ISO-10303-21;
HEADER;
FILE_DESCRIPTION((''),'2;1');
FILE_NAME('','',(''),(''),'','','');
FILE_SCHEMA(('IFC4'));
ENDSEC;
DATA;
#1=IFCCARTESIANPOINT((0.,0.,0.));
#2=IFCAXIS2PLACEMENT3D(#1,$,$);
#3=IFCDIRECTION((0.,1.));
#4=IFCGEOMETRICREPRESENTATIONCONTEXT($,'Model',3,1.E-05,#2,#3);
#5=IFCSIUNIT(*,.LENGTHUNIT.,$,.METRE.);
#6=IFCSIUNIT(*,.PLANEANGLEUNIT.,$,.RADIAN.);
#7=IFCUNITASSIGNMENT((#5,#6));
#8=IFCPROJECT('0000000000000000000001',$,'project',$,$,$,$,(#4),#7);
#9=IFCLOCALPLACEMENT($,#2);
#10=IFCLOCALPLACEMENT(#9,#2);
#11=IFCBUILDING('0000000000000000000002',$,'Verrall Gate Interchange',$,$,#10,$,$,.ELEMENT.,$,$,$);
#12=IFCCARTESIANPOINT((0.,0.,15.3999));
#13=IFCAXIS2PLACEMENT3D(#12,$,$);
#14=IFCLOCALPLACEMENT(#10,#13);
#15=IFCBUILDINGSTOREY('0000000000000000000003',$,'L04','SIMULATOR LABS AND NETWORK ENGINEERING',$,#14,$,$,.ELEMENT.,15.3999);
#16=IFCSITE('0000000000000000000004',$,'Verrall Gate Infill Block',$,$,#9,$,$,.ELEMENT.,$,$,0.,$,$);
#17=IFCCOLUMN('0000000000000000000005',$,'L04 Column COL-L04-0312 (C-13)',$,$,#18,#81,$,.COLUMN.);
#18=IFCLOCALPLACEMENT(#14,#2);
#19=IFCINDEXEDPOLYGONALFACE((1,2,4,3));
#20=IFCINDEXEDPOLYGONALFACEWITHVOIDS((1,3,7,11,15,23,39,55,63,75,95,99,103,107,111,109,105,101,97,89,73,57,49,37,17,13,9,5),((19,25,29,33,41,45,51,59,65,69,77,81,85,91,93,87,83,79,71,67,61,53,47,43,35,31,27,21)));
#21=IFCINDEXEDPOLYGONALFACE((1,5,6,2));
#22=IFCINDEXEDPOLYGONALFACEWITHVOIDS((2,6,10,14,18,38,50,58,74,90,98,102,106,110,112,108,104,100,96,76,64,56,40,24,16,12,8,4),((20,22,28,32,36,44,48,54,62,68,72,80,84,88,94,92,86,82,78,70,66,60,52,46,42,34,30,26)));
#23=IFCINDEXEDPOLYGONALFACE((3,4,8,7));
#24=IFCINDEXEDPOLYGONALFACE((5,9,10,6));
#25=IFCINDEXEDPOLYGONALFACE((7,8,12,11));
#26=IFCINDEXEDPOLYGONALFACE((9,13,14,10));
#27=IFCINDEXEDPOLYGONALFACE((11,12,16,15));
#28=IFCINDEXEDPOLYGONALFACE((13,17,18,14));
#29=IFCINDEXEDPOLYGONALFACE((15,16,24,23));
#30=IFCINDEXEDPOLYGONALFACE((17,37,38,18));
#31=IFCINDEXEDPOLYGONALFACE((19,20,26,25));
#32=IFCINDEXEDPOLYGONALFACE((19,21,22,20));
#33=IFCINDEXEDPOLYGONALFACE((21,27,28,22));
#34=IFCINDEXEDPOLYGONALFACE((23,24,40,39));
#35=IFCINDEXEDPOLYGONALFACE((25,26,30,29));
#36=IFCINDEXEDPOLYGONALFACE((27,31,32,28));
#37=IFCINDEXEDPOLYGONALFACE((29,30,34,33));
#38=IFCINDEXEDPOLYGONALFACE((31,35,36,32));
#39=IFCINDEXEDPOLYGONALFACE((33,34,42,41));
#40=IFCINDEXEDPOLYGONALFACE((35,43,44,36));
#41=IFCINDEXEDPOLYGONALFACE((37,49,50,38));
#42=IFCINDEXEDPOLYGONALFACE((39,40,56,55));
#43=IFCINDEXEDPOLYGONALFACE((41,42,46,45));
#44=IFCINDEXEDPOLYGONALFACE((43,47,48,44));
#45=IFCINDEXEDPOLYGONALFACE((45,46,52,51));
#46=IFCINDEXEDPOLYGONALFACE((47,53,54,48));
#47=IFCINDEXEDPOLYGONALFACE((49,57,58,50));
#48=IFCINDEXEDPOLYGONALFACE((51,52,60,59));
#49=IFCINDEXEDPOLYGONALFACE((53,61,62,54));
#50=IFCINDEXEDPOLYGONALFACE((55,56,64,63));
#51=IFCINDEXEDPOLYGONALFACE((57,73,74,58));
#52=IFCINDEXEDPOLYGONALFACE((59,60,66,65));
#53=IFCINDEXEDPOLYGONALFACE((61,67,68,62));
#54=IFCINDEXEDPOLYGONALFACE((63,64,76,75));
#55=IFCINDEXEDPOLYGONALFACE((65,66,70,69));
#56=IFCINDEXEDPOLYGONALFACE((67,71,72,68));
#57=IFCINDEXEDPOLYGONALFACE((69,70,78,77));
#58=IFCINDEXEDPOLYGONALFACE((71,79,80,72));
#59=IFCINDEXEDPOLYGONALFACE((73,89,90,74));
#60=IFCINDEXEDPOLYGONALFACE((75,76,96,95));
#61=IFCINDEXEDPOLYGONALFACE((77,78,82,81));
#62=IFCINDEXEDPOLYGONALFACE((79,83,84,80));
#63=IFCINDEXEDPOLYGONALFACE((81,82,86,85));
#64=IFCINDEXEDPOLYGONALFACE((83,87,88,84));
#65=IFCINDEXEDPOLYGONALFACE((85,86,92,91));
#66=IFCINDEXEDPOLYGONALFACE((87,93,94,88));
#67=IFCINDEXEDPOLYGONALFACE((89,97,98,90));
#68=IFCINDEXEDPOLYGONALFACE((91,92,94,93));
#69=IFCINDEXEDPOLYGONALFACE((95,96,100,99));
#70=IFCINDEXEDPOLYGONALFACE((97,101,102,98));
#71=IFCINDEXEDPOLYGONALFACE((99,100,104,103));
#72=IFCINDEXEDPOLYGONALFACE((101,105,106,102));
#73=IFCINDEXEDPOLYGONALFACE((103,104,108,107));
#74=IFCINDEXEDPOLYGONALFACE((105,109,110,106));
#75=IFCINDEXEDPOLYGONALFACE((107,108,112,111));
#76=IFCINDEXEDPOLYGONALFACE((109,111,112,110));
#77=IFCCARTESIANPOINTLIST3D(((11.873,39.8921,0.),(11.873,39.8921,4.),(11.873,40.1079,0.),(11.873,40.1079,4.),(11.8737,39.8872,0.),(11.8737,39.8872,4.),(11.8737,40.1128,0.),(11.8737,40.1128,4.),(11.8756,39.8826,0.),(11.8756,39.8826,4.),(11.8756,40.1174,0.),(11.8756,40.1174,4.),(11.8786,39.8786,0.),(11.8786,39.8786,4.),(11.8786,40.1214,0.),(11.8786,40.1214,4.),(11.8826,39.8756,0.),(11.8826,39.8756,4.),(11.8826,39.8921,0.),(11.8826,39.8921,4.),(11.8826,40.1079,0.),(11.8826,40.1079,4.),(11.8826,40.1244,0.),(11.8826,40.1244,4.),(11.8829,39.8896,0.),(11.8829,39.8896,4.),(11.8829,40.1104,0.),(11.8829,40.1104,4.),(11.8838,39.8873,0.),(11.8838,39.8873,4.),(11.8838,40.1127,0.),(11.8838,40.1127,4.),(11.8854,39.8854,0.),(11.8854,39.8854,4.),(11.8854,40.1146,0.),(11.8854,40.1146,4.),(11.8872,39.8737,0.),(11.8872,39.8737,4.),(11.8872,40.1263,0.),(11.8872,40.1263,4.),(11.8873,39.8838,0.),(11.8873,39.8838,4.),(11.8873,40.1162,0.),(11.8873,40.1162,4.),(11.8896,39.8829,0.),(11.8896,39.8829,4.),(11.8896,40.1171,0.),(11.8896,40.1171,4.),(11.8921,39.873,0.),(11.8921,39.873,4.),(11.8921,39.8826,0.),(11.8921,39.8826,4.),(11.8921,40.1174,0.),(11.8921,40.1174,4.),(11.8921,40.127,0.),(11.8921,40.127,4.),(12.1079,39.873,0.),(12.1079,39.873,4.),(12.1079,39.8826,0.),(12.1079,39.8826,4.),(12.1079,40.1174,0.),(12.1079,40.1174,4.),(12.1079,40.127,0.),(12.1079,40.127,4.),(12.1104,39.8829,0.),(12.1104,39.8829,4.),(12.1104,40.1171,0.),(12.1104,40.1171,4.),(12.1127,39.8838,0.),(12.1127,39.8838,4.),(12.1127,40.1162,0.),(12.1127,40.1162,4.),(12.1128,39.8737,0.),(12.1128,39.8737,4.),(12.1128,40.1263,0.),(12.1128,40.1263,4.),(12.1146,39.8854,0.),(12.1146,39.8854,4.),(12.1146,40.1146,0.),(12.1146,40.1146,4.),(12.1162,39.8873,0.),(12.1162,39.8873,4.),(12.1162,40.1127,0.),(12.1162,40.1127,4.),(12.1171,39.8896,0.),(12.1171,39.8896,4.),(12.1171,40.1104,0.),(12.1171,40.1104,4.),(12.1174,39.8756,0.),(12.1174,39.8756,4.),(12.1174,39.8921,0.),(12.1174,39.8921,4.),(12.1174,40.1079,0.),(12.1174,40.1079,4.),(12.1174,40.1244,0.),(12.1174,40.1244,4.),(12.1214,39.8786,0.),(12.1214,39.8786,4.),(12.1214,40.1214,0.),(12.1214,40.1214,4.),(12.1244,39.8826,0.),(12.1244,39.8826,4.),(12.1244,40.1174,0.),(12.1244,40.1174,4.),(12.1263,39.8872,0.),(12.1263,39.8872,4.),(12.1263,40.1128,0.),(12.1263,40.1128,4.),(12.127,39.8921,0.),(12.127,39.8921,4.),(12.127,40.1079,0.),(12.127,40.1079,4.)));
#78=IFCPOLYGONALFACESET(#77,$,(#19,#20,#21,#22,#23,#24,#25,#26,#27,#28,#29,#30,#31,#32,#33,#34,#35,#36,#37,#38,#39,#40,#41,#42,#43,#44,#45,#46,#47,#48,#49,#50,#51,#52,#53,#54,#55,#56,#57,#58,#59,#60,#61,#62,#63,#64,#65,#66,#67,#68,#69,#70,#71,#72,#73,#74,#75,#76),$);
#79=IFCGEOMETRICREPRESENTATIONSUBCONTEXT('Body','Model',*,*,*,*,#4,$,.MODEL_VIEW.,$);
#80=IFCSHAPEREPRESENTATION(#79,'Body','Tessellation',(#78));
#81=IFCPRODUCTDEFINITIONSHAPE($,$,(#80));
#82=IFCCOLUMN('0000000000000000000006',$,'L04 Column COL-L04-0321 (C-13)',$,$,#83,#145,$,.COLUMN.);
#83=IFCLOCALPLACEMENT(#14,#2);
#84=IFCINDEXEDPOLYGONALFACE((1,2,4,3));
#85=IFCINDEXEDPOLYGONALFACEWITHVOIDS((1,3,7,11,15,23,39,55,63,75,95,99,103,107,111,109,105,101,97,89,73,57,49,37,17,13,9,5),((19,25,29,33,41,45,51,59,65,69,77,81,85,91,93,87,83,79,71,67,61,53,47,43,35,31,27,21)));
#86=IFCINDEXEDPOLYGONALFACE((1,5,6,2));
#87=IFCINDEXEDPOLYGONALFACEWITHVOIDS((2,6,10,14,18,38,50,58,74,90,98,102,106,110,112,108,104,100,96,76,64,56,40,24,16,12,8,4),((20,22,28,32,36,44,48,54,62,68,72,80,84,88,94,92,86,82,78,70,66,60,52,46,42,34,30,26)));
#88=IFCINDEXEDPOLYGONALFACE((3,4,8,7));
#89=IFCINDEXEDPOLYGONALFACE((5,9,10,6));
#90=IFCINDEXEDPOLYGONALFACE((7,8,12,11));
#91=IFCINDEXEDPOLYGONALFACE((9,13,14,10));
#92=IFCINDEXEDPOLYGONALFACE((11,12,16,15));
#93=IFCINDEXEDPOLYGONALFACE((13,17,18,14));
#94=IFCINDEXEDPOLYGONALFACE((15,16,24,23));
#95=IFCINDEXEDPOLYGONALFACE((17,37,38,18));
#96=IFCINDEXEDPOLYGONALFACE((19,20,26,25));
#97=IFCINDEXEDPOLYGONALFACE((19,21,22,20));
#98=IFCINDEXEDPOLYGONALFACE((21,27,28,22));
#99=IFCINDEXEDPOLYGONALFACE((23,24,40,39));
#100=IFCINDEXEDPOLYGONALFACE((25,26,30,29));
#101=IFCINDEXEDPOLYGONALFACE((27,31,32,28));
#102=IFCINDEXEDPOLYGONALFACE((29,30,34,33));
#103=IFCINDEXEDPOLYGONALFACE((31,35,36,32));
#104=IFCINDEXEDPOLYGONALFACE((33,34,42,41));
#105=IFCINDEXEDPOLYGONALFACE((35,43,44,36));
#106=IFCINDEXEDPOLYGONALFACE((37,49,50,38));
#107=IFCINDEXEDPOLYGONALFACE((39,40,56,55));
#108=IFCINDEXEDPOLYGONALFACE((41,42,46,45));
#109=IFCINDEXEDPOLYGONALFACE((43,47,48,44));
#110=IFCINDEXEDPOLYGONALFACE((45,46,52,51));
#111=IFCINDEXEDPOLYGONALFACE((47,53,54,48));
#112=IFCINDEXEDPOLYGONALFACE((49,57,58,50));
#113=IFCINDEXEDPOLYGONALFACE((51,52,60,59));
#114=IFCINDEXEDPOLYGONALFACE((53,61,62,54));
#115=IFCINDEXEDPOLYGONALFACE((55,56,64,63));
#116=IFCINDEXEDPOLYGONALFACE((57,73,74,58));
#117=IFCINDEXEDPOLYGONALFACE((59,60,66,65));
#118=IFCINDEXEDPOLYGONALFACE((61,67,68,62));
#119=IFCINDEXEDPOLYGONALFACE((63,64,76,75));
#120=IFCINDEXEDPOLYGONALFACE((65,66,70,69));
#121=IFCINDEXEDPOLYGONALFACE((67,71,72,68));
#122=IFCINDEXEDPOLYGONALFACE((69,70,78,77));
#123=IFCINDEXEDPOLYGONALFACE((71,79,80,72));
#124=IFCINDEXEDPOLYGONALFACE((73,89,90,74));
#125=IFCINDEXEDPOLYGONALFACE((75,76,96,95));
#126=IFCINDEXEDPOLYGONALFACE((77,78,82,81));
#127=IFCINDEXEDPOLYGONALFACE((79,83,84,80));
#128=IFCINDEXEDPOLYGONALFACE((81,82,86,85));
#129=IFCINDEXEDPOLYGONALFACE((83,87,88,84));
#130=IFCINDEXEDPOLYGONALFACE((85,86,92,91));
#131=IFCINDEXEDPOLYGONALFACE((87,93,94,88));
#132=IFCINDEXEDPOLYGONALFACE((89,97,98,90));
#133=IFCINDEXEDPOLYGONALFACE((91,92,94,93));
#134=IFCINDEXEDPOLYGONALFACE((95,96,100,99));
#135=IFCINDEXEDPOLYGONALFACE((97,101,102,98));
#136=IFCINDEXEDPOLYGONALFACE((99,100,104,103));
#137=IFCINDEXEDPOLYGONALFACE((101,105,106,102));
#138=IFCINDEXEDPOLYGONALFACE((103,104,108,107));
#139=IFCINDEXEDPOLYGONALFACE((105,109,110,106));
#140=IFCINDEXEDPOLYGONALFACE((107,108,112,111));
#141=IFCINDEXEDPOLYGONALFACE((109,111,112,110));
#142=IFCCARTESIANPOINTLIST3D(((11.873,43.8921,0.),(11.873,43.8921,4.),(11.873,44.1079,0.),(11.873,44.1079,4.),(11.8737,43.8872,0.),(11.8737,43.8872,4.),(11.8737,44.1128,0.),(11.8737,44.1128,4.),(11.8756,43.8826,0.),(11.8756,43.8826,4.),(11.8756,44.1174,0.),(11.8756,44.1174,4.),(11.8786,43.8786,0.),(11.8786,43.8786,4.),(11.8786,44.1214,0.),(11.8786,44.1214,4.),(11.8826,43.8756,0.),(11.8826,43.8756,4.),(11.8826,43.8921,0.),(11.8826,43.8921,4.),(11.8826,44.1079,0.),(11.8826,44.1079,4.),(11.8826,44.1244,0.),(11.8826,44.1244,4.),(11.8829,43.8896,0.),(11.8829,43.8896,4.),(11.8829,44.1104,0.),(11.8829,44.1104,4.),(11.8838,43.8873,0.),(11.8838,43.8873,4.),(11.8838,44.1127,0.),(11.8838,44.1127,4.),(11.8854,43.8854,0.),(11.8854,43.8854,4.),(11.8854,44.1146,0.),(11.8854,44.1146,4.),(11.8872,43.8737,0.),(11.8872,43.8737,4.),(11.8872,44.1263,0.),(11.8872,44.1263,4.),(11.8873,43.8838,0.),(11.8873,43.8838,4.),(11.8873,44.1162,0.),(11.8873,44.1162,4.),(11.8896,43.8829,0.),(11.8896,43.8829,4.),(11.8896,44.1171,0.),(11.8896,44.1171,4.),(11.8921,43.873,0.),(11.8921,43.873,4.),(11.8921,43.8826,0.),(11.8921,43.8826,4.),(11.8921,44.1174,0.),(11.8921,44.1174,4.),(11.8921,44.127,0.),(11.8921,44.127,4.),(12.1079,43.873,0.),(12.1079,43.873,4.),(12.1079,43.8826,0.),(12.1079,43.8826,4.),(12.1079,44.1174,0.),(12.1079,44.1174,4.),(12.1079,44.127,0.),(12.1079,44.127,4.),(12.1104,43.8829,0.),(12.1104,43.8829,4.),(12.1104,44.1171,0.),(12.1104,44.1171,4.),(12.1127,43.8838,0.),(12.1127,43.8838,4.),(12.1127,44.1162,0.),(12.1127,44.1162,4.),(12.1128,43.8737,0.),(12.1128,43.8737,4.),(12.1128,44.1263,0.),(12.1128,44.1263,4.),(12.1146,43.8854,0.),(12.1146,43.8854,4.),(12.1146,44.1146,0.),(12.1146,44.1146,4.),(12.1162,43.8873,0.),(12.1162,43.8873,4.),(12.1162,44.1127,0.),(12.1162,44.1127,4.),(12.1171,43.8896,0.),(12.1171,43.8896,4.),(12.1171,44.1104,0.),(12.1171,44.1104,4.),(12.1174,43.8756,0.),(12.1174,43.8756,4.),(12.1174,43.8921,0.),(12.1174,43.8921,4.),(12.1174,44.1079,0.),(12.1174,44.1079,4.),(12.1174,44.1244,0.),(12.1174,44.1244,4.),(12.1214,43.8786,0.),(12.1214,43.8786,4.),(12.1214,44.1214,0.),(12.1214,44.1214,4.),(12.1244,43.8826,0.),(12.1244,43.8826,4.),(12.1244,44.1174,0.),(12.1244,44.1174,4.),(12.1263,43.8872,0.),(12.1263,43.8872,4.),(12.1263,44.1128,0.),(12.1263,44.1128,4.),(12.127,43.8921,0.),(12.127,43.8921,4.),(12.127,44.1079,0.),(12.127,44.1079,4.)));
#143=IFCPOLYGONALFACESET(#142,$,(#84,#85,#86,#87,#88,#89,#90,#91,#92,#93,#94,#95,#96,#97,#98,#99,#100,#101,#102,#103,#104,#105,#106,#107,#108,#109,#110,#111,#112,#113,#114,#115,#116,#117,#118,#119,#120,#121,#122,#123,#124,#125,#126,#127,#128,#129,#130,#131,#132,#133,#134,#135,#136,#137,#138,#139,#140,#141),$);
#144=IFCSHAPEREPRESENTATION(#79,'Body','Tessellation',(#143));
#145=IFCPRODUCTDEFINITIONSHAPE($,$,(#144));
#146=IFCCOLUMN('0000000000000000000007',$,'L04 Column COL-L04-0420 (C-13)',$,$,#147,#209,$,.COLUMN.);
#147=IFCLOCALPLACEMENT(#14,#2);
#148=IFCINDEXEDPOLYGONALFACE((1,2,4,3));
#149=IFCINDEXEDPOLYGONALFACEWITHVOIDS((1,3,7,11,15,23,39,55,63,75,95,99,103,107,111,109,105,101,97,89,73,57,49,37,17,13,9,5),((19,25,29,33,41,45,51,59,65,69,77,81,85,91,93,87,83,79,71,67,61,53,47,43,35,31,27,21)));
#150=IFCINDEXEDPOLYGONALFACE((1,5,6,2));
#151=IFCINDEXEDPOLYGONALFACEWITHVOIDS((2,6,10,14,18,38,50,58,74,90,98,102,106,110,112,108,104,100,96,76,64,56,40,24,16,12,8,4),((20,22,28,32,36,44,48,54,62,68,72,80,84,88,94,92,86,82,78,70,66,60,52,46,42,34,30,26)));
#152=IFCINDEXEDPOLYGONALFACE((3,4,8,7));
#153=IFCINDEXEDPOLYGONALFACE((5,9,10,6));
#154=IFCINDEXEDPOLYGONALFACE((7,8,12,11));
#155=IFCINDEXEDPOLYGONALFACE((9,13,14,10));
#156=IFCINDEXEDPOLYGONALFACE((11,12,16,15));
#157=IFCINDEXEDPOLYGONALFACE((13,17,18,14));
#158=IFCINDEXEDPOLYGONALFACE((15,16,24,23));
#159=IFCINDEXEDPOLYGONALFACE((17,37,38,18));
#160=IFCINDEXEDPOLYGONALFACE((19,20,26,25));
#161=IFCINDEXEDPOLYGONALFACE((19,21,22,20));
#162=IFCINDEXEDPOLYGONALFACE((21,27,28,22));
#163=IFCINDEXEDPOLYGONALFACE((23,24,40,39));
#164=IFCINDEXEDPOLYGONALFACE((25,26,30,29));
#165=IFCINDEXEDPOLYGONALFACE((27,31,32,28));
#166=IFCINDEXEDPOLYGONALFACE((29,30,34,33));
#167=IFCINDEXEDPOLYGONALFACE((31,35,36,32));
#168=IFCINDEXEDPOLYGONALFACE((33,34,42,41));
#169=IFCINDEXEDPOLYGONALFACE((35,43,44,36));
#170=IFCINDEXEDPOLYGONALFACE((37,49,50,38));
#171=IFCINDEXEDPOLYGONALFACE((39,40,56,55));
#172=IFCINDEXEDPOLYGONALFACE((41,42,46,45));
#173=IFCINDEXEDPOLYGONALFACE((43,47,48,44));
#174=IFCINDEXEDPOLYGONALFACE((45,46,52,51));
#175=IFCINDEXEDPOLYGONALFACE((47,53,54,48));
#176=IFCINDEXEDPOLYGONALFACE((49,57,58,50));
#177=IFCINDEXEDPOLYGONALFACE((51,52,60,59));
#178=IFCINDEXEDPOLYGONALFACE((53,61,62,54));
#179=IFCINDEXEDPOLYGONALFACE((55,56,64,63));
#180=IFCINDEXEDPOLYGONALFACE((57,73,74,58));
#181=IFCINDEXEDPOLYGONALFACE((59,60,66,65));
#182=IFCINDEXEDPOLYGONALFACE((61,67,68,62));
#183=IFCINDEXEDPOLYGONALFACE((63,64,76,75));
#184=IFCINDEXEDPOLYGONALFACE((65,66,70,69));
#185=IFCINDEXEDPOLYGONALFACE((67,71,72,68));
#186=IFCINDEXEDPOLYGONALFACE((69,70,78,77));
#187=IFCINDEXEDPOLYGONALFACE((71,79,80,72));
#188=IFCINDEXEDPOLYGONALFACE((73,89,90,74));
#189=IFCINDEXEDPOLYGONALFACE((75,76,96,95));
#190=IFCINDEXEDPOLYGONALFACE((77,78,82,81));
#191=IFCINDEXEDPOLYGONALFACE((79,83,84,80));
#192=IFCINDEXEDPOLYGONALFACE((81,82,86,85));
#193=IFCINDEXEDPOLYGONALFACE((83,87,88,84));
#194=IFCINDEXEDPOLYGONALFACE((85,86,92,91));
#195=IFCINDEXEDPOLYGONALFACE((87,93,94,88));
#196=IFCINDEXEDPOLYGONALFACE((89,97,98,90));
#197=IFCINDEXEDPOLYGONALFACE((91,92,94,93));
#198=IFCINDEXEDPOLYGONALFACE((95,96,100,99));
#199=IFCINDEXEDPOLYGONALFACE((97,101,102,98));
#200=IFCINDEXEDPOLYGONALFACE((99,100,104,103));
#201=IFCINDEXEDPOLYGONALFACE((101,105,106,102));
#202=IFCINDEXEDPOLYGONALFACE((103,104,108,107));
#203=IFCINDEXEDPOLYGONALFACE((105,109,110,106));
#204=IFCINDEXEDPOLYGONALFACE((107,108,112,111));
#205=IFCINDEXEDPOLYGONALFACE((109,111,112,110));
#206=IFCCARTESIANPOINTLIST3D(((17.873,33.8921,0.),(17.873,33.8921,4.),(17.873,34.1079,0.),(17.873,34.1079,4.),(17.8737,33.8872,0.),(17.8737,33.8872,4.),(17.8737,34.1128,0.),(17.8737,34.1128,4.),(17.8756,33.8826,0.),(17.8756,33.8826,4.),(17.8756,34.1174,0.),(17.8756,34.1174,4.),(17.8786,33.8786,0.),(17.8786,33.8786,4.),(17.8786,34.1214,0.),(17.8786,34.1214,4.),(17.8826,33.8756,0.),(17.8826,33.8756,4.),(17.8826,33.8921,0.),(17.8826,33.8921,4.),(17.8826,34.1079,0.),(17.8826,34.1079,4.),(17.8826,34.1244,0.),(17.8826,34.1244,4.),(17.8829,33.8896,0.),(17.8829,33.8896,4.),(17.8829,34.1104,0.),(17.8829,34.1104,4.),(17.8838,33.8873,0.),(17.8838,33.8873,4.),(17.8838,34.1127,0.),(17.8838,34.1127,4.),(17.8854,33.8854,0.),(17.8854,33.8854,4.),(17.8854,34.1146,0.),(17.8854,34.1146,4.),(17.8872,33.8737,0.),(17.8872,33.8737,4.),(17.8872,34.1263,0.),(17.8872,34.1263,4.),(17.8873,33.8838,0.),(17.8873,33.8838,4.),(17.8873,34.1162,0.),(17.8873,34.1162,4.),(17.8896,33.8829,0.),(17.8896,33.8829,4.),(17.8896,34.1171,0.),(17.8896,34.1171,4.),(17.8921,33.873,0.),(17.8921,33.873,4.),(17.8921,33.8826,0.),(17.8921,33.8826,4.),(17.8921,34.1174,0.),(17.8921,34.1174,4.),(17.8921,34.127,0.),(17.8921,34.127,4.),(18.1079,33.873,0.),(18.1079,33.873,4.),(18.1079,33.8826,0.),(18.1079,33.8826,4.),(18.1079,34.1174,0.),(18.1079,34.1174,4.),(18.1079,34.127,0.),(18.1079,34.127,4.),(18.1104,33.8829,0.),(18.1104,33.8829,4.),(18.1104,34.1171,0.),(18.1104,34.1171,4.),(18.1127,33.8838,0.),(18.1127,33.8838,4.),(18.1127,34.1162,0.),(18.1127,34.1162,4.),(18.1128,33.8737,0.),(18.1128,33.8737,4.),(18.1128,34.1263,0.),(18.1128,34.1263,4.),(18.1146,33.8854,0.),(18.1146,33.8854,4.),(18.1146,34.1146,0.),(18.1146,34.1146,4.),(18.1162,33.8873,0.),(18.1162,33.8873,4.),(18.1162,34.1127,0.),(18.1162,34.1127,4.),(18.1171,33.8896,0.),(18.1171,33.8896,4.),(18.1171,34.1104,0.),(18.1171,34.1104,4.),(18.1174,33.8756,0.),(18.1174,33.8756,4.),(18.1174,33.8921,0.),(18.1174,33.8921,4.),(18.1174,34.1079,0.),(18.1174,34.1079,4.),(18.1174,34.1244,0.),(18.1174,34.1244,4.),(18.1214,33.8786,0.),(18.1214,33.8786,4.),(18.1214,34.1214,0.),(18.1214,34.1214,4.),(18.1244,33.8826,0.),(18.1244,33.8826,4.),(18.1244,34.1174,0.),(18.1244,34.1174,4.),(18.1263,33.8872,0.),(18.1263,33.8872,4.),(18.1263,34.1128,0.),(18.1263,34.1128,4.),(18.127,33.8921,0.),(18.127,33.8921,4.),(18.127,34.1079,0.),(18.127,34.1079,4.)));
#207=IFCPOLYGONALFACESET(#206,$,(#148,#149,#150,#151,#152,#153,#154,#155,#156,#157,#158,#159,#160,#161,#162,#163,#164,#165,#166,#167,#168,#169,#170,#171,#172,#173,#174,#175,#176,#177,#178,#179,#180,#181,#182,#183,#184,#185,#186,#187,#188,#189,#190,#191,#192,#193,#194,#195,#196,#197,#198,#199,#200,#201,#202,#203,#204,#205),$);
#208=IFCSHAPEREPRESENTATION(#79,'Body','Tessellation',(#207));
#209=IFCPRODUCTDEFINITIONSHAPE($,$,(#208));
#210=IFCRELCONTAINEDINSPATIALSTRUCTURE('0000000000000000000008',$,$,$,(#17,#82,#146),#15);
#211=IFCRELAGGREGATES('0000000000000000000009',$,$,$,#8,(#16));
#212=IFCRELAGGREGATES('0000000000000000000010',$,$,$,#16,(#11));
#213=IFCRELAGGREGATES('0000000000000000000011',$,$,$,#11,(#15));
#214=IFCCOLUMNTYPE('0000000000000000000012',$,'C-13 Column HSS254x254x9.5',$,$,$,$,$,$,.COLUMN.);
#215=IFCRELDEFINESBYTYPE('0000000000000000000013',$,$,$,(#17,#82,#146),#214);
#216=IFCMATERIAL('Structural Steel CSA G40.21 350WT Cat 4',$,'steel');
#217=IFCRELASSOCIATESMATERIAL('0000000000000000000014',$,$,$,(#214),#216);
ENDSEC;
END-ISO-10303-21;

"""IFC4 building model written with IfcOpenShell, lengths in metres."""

from ifc_helpers import new_model, si_unit, direction, frame, origin, origin_2d, place, context, subcontext, project, spatial, hollow_rectangle, extrude, material, material_profile, profile_set, type_object, element, save


model = new_model("IFC4")

# Units and contexts
model_context = context("Model", 3, precision=1e-05, world=origin(), true_north=direction((0.0, 1.0)))
body_context = subcontext(model_context, "Body", "Model", "MODEL_VIEW")
ifc_project = project(units=[si_unit("LENGTHUNIT", "METRE"), si_unit("PLANEANGLEUNIT", "RADIAN")], contexts=[model_context])

# Site, building, storey
site_placement = place(None, origin())
site = spatial("IfcSite", under=ifc_project, at=site_placement, Name="Verrall Gate Infill Block", CompositionType="ELEMENT", RefElevation=0.0)
building_placement = place(site_placement, origin())
building = spatial("IfcBuilding", under=site, at=building_placement, Name="Verrall Gate Interchange", CompositionType="ELEMENT")
storey_placement = place(building_placement, frame((0.0, 0.0, 15.3999)))
storey = spatial("IfcBuildingStorey", under=building, at=storey_placement, Name="L04", Description="SIMULATOR LABS AND NETWORK ENGINEERING", CompositionType="ELEMENT", Elevation=15.3999)

# Columns
ifc_material_1 = material(Name="Structural Steel CSA G40.21 350WT Cat 4", Category="steel")
ifc_material_profile_1 = material_profile(ifc_material_1, hollow_rectangle(XDim=0.2539, YDim=0.2539, WallThickness=0.0095, InnerFilletRadius=0.0095, OuterFilletRadius=0.019, at=origin_2d()), Name="HSS254x254x9.5")
ifc_profile_set_1 = profile_set([ifc_material_profile_1], Name="Structural Steel CSA G40.21 350WT Cat 4")
column_type = type_object("IfcColumnType", Name="C-13 Column HSS254x254x9.5", PredefinedType="COLUMN", material=ifc_profile_set_1)
for number, where, z_axis, x_axis, name in (
    (1, (12.0, 40.0, 0.0), (0.0, 0.0, 1.0), (1.0, 0.0, 0.0), "L04 Column COL-L04-0312 (C-13)"),
    (2, (12.0, 44.0, 0.0), (0.0, 0.0, 1.0), (1.0, 0.0, 0.0), "L04 Column COL-L04-0321 (C-13)"),
    (3, (18.0, 34.0, 0.0), (0.0, 0.0, 1.0), (1.0, 0.0, 0.0), "L04 Column COL-L04-0420 (C-13)"),
):
    element("IfcColumn", number, at=place(storey_placement, frame(where, z_axis=z_axis, x_axis=x_axis)), inside=storey, type_object=column_type, Name=name, PredefinedType="COLUMN", context=body_context, shape_type="SweptSolid", body=[
        extrude(hollow_rectangle(XDim=0.2539, YDim=0.2539, WallThickness=0.0095, InnerFilletRadius=0.0095, OuterFilletRadius=0.019, at=origin_2d()), origin(), (0.0, 0.0, 1.0), 4.0),
    ])

save(model, "model.ifc")
